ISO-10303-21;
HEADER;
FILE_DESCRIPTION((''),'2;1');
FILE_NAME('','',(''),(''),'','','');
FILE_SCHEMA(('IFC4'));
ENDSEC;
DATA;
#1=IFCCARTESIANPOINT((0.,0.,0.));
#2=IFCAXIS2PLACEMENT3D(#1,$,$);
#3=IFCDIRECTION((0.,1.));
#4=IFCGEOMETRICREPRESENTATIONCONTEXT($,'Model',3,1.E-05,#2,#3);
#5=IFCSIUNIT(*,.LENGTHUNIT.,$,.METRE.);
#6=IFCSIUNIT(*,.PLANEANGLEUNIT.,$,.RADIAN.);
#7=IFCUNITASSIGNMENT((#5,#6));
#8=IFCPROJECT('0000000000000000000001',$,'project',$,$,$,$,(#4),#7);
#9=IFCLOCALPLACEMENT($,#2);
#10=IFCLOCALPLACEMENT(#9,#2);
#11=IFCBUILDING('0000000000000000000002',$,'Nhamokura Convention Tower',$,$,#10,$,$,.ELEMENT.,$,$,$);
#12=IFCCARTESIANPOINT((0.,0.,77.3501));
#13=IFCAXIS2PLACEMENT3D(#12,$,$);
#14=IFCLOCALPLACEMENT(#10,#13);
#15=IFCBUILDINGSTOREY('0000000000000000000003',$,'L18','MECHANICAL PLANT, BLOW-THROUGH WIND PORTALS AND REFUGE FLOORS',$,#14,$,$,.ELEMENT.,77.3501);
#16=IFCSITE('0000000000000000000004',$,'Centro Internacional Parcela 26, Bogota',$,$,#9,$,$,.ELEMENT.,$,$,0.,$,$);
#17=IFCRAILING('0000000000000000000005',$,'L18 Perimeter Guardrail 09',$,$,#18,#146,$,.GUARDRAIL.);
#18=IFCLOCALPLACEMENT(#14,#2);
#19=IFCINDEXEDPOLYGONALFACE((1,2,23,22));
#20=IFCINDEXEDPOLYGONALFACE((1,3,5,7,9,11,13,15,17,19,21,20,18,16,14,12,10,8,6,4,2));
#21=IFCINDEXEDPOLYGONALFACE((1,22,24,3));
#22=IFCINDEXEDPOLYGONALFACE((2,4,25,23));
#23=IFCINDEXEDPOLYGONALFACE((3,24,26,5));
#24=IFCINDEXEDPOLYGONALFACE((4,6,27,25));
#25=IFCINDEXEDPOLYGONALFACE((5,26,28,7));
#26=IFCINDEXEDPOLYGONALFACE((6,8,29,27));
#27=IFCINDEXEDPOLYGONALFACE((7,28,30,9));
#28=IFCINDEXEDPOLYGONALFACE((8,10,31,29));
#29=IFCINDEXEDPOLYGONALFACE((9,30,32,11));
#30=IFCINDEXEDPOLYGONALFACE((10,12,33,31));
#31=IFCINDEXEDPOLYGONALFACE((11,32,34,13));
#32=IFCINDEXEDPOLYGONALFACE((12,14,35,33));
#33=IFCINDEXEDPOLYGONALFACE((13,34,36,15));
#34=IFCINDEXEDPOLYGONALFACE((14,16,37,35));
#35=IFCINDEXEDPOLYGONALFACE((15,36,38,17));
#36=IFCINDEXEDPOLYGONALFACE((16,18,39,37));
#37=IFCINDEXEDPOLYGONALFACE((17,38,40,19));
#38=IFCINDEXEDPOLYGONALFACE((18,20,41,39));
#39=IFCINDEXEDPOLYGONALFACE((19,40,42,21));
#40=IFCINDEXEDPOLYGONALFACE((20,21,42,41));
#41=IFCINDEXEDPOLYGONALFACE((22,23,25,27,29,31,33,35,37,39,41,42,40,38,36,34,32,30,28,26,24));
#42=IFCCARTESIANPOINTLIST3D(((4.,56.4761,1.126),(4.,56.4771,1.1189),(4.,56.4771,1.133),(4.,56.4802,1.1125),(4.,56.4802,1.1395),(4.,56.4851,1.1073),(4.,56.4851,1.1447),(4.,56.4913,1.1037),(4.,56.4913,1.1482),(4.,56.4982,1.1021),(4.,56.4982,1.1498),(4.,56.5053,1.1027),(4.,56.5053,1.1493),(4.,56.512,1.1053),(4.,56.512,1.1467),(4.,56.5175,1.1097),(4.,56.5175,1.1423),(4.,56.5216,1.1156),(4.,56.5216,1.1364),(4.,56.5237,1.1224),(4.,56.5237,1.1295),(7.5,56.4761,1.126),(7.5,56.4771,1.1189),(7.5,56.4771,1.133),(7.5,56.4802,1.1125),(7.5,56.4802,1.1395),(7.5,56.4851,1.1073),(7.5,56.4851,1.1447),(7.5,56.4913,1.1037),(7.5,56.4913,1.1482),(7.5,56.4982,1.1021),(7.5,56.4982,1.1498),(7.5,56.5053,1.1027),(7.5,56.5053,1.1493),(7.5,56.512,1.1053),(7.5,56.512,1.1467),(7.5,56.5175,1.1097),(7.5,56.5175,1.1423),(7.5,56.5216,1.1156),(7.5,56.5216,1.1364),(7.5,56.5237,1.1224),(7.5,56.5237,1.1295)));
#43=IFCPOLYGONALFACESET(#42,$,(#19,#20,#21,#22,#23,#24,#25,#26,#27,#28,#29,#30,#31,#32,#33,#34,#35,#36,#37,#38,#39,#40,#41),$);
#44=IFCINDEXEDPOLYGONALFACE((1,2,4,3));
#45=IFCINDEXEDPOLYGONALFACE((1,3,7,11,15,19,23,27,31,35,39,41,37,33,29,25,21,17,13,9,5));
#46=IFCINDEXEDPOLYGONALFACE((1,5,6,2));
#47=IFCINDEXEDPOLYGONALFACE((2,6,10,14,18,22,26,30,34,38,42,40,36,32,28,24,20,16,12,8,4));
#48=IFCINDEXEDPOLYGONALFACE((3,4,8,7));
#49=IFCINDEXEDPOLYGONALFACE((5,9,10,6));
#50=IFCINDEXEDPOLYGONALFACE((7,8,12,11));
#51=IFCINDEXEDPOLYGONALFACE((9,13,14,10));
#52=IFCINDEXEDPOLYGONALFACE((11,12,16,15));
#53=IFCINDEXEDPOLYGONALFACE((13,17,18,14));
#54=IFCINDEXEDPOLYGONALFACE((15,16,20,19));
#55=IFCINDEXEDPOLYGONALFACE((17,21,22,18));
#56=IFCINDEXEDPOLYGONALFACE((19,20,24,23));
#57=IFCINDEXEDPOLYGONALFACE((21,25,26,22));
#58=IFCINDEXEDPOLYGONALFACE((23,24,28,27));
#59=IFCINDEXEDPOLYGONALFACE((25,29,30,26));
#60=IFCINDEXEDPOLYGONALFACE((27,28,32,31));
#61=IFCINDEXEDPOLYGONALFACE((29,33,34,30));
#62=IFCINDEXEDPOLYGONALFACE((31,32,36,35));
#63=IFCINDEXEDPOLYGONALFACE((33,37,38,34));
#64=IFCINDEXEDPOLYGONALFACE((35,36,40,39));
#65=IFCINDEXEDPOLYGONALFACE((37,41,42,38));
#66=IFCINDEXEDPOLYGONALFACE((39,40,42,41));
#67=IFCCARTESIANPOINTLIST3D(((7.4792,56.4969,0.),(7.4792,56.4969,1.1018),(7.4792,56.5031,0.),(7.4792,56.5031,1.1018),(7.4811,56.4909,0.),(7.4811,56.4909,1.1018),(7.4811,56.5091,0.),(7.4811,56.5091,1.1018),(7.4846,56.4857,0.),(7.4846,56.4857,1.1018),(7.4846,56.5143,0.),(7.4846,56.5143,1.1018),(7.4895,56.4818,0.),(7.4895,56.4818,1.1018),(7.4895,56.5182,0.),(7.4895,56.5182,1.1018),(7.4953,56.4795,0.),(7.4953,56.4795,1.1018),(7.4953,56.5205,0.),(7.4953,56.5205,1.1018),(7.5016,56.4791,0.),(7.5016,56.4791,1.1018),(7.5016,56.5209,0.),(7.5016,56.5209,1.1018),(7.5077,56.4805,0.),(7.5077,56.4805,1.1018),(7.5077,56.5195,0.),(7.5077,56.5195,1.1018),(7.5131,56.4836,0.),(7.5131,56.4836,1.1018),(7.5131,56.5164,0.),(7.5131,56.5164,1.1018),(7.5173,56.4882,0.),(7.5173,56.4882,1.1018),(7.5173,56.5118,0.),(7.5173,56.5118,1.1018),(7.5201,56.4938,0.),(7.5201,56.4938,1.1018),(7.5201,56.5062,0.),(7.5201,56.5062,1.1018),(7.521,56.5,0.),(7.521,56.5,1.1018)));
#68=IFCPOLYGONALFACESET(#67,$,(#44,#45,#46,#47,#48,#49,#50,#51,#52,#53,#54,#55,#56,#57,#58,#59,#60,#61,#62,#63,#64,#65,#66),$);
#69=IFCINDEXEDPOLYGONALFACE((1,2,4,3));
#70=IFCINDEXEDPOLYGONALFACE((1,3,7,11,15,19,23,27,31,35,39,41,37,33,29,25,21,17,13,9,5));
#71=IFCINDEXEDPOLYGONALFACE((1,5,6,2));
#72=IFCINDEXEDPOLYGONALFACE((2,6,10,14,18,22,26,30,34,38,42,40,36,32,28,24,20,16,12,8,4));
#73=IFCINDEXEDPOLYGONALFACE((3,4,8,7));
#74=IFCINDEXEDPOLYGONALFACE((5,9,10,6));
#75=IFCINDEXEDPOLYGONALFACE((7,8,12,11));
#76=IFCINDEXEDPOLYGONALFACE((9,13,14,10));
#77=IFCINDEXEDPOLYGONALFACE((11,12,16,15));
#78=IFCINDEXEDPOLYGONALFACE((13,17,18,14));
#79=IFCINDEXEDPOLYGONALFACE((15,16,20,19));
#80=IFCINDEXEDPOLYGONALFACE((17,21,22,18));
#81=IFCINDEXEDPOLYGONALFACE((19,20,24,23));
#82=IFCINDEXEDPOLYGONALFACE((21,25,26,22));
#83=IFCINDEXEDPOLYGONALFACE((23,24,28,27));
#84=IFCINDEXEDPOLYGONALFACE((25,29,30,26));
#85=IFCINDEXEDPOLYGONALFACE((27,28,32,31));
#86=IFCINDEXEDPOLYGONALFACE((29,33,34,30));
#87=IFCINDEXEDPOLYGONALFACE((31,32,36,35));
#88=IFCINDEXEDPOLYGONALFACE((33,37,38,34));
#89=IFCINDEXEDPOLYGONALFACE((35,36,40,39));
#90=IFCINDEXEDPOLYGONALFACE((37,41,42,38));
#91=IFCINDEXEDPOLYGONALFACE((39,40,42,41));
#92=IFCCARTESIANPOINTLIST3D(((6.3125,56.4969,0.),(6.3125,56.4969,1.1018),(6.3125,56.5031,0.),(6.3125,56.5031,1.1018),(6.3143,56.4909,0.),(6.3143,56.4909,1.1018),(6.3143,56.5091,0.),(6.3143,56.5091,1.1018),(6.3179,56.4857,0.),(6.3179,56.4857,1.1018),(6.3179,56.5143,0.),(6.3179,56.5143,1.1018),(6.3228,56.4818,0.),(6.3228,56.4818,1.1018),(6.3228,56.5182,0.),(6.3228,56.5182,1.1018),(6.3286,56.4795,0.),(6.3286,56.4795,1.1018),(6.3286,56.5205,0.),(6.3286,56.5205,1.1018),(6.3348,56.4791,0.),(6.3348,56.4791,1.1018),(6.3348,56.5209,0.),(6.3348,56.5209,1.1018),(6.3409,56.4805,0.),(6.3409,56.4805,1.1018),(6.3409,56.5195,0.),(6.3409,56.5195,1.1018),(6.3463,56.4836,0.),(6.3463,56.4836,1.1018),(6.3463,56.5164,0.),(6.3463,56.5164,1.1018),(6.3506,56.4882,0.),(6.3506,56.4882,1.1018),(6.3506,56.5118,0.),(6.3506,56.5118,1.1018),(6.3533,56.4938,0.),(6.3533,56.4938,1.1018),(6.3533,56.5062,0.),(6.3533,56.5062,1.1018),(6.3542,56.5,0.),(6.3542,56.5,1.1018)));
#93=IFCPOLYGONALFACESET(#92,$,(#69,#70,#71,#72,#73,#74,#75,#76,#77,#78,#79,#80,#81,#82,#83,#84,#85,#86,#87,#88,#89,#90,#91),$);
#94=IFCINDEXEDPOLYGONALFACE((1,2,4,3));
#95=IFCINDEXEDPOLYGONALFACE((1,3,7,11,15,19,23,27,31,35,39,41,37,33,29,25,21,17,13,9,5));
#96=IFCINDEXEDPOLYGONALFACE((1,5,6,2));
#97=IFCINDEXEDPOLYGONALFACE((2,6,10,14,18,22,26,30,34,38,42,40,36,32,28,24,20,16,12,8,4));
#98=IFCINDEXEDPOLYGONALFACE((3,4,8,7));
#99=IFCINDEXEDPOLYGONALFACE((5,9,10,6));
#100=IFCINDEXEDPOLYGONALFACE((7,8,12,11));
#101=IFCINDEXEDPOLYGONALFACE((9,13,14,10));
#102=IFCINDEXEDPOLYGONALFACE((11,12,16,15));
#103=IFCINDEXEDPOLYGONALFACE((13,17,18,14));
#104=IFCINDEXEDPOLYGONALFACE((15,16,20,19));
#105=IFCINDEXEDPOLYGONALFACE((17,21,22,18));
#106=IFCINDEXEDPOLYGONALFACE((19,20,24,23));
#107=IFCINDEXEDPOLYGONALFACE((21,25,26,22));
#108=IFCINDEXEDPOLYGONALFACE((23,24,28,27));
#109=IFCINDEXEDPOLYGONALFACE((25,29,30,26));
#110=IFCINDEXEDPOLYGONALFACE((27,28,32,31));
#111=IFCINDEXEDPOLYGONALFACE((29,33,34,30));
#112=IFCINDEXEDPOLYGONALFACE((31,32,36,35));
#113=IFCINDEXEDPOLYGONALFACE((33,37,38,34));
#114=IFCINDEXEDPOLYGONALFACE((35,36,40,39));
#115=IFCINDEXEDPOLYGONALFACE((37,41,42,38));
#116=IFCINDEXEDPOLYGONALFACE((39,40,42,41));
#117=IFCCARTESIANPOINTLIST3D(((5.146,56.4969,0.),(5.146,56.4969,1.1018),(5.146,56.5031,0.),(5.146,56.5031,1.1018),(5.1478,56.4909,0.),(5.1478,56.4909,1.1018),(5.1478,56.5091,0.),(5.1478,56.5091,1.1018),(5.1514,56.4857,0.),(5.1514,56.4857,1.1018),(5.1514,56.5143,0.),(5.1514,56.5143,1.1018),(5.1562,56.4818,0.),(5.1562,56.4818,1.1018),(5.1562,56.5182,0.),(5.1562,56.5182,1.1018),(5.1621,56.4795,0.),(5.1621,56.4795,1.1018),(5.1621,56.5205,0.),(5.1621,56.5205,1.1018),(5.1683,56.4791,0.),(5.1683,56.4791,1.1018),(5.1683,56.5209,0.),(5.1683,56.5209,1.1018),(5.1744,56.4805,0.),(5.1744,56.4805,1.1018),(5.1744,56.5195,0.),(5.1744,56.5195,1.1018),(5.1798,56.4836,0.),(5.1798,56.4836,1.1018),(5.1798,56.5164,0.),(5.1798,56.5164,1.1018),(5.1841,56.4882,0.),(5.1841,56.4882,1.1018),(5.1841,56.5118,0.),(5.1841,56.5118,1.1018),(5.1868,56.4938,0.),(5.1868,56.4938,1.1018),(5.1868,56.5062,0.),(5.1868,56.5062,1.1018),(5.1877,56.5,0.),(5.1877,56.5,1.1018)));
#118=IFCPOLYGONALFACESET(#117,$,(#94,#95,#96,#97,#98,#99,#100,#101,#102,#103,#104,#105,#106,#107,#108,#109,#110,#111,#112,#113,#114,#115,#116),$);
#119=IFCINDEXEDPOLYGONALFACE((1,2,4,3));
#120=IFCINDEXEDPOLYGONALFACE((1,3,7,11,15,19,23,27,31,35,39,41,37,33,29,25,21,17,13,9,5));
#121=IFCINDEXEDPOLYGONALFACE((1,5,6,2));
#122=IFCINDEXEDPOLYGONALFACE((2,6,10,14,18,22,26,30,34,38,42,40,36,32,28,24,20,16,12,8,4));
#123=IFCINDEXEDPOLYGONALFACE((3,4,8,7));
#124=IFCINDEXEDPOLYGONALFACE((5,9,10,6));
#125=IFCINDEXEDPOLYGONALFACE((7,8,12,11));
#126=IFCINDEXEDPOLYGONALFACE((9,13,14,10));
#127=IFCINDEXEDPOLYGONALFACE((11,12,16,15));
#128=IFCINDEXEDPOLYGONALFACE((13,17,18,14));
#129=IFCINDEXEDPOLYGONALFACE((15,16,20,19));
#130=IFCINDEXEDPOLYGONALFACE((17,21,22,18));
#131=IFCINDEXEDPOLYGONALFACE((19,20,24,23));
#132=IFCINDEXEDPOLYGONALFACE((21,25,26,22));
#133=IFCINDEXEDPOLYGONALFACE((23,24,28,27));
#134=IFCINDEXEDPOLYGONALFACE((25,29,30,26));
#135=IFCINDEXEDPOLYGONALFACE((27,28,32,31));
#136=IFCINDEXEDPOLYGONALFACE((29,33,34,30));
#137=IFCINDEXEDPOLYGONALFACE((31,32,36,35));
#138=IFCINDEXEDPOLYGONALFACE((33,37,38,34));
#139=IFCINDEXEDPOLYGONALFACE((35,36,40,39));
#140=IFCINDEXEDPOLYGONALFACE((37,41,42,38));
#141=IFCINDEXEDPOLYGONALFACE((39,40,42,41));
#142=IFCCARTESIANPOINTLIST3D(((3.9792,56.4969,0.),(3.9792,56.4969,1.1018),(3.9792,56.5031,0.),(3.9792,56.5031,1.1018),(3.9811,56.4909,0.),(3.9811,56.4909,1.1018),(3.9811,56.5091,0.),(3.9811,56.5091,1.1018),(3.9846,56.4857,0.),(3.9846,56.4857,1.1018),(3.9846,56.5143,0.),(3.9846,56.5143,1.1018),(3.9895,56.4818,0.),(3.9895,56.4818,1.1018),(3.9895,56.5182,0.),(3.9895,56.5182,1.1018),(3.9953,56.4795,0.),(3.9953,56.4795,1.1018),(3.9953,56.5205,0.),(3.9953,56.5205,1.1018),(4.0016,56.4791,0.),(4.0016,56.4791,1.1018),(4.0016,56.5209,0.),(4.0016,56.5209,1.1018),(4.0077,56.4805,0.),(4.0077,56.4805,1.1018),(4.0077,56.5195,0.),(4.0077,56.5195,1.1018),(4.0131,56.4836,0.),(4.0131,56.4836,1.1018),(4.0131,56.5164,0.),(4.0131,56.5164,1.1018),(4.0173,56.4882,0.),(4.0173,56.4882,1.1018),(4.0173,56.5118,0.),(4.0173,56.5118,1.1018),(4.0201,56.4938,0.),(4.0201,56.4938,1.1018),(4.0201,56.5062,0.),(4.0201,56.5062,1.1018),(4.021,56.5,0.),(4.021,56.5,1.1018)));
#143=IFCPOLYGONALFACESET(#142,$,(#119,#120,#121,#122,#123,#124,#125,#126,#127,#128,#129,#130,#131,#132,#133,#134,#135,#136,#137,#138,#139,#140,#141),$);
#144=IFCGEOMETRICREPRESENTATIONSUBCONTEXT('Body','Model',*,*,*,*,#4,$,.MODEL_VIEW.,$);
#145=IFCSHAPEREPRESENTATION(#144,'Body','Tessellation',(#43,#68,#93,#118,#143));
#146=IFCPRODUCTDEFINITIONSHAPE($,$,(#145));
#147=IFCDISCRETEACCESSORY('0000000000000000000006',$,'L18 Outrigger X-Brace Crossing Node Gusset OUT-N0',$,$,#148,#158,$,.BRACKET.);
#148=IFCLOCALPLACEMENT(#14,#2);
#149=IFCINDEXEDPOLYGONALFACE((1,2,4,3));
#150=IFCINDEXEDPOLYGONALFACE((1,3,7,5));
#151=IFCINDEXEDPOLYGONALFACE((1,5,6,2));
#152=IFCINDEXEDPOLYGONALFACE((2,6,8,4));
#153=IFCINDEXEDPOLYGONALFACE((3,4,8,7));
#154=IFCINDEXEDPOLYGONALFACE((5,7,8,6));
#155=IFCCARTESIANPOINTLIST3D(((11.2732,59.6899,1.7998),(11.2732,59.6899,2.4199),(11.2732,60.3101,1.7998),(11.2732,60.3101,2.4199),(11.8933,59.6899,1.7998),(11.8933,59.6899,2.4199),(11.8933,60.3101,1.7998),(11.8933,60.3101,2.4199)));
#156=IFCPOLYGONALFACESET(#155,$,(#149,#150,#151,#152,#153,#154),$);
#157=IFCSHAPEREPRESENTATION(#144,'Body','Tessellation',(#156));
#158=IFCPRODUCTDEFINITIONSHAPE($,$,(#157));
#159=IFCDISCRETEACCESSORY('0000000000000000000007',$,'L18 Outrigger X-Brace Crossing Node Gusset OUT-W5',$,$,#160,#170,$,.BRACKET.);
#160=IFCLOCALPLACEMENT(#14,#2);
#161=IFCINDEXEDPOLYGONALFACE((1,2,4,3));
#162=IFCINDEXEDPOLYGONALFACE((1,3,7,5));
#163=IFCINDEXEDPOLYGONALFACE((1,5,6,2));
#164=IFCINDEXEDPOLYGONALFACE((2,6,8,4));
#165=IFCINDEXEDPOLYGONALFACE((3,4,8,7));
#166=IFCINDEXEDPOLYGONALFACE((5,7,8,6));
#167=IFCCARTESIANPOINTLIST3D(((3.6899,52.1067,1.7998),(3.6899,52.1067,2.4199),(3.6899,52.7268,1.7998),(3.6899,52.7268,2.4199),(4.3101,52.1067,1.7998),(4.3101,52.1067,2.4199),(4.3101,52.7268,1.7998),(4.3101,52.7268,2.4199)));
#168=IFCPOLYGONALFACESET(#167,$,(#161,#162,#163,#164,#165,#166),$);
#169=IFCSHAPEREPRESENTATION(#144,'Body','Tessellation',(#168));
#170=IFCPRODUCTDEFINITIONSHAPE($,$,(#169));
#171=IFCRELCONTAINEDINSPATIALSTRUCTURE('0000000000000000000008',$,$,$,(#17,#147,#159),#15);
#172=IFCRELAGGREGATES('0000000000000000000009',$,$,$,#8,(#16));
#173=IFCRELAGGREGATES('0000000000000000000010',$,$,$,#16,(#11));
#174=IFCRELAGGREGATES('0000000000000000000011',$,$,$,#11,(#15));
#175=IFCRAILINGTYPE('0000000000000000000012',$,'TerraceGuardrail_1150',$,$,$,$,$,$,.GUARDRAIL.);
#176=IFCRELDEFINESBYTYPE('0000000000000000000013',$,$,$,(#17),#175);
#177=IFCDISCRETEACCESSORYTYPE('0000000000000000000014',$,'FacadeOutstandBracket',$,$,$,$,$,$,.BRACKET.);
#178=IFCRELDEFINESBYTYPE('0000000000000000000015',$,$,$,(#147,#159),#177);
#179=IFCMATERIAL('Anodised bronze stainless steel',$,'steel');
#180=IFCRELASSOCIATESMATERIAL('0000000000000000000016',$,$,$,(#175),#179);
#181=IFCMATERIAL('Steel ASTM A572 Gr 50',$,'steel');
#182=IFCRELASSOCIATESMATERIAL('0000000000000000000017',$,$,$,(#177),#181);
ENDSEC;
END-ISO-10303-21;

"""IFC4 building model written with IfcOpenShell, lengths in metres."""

from ifc_helpers import new_model, si_unit, direction, frame, origin, origin_2d, place, context, subcontext, project, spatial, rectangle, circle, extrude, material, type_object, element, save


model = new_model("IFC4")

# Units and contexts
model_context = context("Model", 3, precision=1e-05, world=origin(), true_north=direction((0.0, 1.0)))
body_context = subcontext(model_context, "Body", "Model", "MODEL_VIEW")
ifc_project = project(units=[si_unit("LENGTHUNIT", "METRE"), si_unit("PLANEANGLEUNIT", "RADIAN")], contexts=[model_context])

# Site, building, storey
site_placement = place(None, origin())
site = spatial("IfcSite", under=ifc_project, at=site_placement, Name="Centro Internacional Parcela 26, Bogota", CompositionType="ELEMENT", RefElevation=0.0)
building_placement = place(site_placement, origin())
building = spatial("IfcBuilding", under=site, at=building_placement, Name="Nhamokura Convention Tower", CompositionType="ELEMENT")
storey_placement = place(building_placement, frame((0.0, 0.0, 77.3501)))
storey = spatial("IfcBuildingStorey", under=building, at=storey_placement, Name="L18", Description="MECHANICAL PLANT, BLOW-THROUGH WIND PORTALS AND REFUGE FLOORS", CompositionType="ELEMENT", Elevation=77.3501)

# Railing
ifc_material_1 = material(Name="Anodised bronze stainless steel", Category="steel")
railing_type = type_object("IfcRailingType", Name="TerraceGuardrail_1150", PredefinedType="GUARDRAIL", material=ifc_material_1)
railing_1_placement = place(storey_placement, frame((7.5, 56.5, 0.0)))
element("IfcRailing", 1, at=railing_1_placement, inside=storey, type_object=railing_type, Name="L18 Perimeter Guardrail 09", PredefinedType="GUARDRAIL", context=body_context, shape_type="SweptSolid", body=[
    extrude(circle(Radius=0.0239, at=origin_2d()), frame((0.0, 0.0, 1.126), z_axis=(-1.0, 0.0, 0.0), x_axis=(0.0, -1.0, 0.0)), (0.0, 0.0, 1.0), 3.5),
    extrude(circle(Radius=0.021, at=origin_2d()), origin(), (0.0, 0.0, 1.0), 1.1018),
    extrude(circle(Radius=0.021, at=origin_2d()), frame((-1.1667, 0.0, 0.0)), (0.0, 0.0, 1.0), 1.1018),
    extrude(circle(Radius=0.021, at=origin_2d()), frame((-2.3333, 0.0, 0.0)), (0.0, 0.0, 1.0), 1.1018),
    extrude(circle(Radius=0.021, at=origin_2d()), frame((-3.5, 0.0, 0.0)), (0.0, 0.0, 1.0), 1.1018),
])

# Discrete accessories
ifc_material_2 = material(Name="Steel ASTM A572 Gr 50", Category="steel")
discrete_accessory_type = type_object("IfcDiscreteAccessoryType", Name="FacadeOutstandBracket", PredefinedType="BRACKET", material=ifc_material_2)
for number, where, z_axis, x_axis, name in (
    (2, (11.5833, 60.0, 1.7998), (0.0, 0.0, 1.0), (1.0, 0.0, 0.0), "L18 Outrigger X-Brace Crossing Node Gusset OUT-N0"),
    (3, (4.0, 52.4167, 1.7998), (0.0, 0.0, 1.0), (1.0, 0.0, 0.0), "L18 Outrigger X-Brace Crossing Node Gusset OUT-W5"),
):
    element("IfcDiscreteAccessory", number, at=place(storey_placement, frame(where, z_axis=z_axis, x_axis=x_axis)), inside=storey, type_object=discrete_accessory_type, Name=name, PredefinedType="BRACKET", context=body_context, shape_type="SweptSolid", body=[
        extrude(rectangle(XDim=0.6201, YDim=0.6201, at=origin_2d()), origin(), (0.0, 0.0, 1.0), 0.6201),
    ])

save(model, "model.ifc")
